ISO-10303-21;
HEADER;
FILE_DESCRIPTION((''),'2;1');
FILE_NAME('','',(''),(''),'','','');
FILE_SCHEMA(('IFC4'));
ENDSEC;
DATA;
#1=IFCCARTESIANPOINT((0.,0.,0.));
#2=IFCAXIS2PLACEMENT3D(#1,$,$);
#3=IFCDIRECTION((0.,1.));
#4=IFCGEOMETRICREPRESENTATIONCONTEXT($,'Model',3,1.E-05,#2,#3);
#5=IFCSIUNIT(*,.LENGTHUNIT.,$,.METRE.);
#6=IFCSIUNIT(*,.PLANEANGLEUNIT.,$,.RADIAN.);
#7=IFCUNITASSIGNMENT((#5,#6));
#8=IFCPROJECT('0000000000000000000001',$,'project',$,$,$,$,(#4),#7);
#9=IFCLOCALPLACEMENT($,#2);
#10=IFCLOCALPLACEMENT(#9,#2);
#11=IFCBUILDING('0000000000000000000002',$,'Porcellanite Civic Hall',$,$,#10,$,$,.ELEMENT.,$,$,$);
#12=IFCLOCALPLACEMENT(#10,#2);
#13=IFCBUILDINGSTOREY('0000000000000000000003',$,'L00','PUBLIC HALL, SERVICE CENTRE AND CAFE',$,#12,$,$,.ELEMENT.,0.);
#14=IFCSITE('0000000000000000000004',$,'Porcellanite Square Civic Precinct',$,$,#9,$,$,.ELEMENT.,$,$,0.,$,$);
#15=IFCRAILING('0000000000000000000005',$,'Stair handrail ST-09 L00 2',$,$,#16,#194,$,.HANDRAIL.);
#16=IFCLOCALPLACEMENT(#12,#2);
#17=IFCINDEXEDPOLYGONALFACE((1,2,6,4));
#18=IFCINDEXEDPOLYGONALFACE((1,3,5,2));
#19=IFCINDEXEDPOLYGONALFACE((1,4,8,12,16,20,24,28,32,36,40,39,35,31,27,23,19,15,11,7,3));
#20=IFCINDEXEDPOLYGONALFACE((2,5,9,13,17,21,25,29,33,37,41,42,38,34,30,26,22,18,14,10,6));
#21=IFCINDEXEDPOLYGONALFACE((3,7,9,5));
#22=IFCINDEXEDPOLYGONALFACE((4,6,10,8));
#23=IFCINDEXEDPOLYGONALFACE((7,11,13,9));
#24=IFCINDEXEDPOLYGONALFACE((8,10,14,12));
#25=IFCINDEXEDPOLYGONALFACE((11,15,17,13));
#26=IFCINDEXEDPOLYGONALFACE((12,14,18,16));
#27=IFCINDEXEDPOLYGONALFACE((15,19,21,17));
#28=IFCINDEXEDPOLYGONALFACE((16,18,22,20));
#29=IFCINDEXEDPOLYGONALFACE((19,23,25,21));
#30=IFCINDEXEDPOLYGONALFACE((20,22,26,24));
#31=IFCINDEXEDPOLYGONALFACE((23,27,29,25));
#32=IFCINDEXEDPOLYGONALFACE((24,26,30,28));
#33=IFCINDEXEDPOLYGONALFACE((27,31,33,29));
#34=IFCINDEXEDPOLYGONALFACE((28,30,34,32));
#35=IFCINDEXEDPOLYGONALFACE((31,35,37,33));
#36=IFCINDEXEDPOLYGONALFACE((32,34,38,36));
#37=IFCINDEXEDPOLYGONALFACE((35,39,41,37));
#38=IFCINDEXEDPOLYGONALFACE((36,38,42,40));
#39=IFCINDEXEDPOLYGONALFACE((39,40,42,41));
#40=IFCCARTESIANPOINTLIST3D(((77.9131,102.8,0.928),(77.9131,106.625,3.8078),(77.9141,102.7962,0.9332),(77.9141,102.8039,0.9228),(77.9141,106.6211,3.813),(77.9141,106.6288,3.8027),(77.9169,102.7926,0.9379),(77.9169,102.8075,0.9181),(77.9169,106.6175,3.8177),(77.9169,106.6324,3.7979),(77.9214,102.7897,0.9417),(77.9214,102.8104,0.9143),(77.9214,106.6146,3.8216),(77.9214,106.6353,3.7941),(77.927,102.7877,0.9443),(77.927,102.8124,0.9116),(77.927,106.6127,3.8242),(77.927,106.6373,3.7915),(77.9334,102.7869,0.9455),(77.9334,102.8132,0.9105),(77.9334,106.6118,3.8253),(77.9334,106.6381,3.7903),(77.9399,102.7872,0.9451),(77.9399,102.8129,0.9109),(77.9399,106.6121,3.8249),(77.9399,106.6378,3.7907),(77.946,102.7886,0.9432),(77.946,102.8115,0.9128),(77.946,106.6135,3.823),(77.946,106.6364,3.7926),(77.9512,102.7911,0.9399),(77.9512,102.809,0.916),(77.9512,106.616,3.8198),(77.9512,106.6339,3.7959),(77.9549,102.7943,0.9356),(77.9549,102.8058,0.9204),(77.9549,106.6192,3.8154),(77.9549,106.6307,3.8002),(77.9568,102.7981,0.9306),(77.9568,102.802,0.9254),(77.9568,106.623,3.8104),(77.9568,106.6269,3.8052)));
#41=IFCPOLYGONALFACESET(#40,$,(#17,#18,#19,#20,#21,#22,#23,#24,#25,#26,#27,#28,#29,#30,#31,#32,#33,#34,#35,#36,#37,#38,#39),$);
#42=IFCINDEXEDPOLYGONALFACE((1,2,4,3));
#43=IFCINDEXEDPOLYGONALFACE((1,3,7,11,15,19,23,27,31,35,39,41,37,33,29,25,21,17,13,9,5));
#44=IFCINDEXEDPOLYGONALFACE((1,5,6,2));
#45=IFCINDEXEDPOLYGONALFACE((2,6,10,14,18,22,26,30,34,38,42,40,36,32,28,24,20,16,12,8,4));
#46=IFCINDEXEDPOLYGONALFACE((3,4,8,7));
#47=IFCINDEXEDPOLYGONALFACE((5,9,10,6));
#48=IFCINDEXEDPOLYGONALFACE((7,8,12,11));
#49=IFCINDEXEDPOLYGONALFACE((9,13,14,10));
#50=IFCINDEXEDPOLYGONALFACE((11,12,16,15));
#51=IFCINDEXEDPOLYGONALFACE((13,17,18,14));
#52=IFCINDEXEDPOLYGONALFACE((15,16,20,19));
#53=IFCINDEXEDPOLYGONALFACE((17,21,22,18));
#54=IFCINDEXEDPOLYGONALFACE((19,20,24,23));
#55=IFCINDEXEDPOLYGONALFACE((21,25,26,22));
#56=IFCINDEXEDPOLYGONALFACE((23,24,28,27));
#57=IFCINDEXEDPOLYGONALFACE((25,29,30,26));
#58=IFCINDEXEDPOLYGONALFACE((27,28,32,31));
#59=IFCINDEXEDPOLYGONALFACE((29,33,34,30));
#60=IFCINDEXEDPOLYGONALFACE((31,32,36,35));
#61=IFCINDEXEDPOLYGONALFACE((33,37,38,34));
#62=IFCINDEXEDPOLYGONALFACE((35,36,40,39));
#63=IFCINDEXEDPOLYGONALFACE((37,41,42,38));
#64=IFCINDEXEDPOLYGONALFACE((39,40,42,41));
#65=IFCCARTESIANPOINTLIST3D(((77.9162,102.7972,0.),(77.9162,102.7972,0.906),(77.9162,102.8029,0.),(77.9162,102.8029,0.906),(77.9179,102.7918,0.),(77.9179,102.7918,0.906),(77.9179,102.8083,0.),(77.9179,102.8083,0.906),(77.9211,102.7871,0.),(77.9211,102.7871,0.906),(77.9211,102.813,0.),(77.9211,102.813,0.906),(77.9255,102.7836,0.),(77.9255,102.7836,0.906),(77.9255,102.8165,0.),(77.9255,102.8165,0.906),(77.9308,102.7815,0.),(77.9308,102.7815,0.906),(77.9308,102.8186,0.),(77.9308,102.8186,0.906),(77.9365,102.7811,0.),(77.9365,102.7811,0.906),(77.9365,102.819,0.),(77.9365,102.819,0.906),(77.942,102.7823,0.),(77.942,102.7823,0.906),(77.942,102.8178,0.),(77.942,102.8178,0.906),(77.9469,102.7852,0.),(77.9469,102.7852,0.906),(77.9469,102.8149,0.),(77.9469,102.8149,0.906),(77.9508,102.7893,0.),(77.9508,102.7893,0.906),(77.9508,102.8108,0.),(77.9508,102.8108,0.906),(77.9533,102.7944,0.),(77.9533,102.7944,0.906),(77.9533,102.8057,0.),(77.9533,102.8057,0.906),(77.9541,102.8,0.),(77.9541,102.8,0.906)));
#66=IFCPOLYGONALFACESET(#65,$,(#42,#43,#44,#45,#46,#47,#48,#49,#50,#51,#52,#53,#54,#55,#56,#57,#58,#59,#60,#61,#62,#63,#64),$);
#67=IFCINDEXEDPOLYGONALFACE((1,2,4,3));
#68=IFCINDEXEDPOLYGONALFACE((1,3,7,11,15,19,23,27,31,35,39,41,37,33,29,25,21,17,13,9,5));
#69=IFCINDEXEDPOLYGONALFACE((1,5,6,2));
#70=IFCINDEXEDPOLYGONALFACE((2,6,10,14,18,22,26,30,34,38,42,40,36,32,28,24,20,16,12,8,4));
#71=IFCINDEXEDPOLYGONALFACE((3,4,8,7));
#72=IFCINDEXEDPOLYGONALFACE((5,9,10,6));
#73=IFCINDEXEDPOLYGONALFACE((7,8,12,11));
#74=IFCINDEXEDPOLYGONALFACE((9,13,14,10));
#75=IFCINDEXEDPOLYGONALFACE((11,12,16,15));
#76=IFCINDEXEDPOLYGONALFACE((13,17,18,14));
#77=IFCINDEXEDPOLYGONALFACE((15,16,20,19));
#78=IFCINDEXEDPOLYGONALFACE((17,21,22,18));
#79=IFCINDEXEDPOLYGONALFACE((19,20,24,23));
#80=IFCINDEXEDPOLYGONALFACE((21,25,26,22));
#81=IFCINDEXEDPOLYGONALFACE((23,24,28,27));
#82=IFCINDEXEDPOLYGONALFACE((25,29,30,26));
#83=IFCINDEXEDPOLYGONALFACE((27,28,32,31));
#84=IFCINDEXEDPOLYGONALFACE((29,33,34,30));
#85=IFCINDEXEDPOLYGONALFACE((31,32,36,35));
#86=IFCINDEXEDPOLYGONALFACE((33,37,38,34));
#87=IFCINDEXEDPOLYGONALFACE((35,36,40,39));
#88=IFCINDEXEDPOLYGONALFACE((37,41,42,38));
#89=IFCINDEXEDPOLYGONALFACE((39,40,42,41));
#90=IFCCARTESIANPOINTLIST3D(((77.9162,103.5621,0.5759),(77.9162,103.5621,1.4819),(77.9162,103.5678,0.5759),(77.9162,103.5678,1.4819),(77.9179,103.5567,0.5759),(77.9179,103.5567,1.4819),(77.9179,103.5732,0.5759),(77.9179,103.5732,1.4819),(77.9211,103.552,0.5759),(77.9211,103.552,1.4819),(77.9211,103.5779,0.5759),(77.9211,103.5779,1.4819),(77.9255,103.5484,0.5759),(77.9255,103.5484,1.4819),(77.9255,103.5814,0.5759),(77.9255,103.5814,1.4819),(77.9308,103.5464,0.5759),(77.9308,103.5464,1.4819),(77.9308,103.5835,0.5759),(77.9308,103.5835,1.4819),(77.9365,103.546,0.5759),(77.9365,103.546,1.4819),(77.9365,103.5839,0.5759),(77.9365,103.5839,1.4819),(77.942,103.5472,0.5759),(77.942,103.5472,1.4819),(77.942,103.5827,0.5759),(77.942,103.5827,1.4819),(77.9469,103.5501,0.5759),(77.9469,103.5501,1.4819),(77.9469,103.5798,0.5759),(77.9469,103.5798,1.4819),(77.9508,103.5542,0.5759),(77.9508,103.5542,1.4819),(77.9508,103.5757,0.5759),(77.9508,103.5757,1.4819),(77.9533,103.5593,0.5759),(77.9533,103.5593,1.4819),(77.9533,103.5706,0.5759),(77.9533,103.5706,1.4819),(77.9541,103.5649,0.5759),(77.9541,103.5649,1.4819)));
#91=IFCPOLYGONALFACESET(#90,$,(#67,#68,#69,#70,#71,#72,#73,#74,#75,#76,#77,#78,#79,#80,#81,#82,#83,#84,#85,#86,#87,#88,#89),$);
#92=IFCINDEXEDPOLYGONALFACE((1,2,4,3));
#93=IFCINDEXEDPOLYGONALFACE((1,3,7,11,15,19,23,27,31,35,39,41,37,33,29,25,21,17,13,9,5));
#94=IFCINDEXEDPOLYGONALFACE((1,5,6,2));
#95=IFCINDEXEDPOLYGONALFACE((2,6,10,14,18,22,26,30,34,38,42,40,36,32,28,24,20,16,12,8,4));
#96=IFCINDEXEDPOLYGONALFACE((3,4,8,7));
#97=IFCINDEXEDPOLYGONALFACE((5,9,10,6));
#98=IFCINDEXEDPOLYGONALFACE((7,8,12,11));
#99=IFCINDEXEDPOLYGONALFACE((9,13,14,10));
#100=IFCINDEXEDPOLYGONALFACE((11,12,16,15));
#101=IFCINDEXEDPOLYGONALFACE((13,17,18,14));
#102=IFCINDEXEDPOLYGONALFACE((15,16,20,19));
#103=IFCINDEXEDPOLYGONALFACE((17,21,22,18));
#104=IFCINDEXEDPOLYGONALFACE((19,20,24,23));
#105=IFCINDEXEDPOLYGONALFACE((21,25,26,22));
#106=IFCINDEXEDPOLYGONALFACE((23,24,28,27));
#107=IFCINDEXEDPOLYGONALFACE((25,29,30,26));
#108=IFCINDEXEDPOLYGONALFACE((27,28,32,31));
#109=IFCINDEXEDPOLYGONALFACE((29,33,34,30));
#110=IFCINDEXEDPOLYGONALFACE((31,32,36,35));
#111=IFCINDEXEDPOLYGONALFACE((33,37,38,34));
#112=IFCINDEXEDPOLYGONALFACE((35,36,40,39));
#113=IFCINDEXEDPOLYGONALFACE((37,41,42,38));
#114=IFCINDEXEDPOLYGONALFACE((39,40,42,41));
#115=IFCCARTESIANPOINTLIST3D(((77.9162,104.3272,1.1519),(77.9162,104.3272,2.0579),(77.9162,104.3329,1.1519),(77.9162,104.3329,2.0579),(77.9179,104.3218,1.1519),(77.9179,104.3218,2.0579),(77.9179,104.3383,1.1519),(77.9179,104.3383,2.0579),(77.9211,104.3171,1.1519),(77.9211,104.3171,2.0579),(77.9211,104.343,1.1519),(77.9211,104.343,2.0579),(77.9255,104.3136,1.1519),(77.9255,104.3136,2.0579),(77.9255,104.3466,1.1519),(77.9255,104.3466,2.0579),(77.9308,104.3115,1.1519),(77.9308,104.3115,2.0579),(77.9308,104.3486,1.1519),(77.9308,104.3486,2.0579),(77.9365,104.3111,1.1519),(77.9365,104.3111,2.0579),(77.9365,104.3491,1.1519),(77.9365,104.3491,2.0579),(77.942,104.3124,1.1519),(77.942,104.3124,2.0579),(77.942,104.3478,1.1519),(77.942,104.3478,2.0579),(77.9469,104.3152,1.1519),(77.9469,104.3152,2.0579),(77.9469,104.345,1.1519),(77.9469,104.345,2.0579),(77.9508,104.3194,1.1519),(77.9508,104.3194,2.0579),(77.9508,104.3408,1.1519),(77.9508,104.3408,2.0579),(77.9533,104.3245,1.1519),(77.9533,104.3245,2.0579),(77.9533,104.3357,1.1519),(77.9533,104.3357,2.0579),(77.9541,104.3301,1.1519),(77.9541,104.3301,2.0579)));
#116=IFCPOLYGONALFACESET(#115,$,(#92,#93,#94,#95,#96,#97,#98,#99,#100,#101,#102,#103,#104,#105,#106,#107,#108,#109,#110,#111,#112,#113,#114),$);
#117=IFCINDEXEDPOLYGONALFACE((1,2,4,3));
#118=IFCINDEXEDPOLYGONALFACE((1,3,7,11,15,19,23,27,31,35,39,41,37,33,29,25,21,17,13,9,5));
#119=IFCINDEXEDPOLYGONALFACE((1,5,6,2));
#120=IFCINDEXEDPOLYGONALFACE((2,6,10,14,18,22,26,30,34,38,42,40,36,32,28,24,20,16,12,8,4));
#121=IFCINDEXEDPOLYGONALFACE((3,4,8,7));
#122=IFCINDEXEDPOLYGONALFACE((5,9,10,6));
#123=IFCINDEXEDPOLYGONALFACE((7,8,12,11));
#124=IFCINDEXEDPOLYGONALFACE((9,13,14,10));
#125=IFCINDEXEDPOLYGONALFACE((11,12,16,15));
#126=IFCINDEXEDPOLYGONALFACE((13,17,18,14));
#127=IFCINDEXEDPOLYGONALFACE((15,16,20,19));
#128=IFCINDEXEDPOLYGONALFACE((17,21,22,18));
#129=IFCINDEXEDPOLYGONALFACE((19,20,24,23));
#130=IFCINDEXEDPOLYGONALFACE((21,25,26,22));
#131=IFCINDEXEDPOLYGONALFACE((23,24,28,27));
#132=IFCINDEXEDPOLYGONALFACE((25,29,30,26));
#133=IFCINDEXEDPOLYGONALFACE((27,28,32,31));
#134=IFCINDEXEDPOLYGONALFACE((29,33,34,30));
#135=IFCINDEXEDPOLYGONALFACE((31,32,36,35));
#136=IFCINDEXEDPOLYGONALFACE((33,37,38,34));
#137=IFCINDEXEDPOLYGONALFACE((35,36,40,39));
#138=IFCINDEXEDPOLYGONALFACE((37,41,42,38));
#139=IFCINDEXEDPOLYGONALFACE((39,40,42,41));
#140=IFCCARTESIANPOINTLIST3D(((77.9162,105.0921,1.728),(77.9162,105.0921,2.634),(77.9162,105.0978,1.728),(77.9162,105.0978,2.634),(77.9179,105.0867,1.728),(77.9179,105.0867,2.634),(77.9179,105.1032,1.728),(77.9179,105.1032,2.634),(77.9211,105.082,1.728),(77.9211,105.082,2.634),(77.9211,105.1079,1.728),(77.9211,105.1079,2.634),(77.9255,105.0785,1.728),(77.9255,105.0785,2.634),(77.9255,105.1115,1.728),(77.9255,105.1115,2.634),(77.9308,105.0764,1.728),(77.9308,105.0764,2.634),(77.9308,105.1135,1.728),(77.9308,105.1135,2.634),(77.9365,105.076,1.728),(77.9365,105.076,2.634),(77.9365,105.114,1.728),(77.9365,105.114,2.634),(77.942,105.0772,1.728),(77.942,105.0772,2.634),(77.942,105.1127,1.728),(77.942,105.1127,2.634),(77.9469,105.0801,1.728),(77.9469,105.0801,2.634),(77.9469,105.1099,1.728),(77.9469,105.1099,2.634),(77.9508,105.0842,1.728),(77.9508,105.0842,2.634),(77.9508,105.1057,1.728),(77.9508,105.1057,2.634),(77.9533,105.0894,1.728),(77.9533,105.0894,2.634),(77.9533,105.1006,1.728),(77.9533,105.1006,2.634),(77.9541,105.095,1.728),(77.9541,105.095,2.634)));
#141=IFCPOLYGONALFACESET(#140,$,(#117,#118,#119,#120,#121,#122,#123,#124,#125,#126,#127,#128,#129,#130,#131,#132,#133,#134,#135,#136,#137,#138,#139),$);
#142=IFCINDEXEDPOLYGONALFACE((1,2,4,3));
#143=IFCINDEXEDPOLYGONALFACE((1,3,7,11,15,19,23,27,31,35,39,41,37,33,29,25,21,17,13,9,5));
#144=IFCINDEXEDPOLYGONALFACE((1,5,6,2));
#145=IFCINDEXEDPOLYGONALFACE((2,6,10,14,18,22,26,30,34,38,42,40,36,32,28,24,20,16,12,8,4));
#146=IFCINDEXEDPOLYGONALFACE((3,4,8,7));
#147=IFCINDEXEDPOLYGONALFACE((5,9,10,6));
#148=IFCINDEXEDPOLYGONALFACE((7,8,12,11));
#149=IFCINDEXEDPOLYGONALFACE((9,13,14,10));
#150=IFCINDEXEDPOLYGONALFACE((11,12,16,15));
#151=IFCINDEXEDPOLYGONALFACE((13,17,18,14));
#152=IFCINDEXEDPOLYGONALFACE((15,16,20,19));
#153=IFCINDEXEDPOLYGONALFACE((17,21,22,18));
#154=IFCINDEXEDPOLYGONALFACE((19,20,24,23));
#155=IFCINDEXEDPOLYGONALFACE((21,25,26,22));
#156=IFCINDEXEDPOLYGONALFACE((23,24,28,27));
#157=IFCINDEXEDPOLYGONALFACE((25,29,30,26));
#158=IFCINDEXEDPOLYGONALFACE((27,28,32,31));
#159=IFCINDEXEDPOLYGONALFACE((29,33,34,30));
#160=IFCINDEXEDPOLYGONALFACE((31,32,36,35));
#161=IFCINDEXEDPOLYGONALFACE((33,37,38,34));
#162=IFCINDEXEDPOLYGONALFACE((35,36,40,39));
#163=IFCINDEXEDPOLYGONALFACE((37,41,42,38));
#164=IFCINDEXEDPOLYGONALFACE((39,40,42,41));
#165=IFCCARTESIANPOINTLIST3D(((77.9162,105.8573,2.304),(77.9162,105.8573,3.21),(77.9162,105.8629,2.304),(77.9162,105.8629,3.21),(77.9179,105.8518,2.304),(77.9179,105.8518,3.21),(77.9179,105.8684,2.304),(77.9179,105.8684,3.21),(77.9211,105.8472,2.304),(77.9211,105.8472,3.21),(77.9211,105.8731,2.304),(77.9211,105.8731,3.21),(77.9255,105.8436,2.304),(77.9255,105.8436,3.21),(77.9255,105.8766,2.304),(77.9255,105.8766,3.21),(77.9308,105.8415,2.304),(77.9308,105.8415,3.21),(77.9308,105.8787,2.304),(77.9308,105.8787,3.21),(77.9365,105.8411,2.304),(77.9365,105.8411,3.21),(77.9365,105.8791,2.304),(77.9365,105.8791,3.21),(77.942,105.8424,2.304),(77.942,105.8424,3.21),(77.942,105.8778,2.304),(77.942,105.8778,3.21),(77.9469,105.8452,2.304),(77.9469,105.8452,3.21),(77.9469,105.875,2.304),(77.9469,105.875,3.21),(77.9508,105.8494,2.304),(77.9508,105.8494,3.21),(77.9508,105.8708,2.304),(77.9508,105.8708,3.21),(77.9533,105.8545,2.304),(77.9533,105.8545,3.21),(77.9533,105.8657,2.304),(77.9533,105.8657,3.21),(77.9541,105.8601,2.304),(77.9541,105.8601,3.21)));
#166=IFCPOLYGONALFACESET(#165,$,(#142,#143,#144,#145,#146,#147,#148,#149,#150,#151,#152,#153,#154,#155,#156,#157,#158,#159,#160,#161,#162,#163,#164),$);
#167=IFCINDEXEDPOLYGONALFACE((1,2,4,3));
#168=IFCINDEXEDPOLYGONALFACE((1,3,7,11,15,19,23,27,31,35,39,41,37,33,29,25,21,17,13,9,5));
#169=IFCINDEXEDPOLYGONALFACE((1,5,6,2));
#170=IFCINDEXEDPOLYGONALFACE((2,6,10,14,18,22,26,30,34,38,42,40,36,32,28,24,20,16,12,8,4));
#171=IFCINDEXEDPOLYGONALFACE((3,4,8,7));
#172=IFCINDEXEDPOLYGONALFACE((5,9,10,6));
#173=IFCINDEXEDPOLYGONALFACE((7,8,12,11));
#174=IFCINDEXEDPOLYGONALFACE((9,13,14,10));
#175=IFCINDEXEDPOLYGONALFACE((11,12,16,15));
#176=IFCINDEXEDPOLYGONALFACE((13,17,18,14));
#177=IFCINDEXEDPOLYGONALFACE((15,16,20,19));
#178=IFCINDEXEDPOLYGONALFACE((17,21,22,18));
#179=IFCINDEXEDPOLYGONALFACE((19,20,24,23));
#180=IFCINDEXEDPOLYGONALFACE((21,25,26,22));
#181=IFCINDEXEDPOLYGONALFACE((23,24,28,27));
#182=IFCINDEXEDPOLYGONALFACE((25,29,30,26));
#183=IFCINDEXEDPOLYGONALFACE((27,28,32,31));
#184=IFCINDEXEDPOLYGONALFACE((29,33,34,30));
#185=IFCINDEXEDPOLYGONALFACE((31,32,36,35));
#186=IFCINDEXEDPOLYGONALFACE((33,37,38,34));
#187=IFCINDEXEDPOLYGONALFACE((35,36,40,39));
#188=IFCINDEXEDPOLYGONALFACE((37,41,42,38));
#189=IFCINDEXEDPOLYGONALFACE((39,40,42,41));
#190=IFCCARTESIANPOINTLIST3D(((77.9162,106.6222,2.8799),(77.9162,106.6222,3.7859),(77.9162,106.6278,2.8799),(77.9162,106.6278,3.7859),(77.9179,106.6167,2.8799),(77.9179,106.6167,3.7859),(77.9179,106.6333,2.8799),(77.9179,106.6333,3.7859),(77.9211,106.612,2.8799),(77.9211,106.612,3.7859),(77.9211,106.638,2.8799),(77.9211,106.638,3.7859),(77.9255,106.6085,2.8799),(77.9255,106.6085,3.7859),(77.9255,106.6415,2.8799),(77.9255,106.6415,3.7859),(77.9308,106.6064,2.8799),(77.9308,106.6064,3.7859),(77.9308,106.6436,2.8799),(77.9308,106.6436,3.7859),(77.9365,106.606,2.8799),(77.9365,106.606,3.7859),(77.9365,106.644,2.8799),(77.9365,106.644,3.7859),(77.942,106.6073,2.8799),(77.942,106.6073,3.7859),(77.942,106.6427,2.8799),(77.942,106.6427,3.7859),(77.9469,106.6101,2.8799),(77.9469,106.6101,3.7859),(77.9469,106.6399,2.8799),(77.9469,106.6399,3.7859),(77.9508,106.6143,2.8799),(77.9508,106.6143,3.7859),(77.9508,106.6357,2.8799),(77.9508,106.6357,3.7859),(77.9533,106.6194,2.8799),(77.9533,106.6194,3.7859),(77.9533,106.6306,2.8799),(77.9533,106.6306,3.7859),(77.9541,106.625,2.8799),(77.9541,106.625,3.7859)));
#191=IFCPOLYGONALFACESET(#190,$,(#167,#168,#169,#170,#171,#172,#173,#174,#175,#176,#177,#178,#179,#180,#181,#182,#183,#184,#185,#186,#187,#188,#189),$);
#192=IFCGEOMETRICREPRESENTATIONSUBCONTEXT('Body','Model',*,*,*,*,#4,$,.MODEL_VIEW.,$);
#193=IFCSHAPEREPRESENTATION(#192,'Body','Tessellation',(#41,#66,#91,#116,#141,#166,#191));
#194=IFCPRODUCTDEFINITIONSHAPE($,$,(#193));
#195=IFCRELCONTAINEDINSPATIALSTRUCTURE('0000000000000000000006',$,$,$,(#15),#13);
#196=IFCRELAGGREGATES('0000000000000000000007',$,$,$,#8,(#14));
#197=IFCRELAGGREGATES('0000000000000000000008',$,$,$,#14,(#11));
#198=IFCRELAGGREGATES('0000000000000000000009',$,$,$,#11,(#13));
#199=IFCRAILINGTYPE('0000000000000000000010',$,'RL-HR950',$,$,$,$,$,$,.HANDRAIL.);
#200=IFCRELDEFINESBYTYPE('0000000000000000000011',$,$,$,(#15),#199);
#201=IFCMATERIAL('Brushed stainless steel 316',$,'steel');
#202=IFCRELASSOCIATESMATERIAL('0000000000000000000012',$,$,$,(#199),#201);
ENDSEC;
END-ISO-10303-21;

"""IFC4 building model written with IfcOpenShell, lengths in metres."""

from ifc_helpers import new_model, si_unit, direction, frame, origin, origin_2d, place, context, subcontext, project, spatial, circle, extrude, material, type_object, element, save


model = new_model("IFC4")

# Units and contexts
model_context = context("Model", 3, precision=1e-05, world=origin(), true_north=direction((0.0, 1.0)))
body_context = subcontext(model_context, "Body", "Model", "MODEL_VIEW")
ifc_project = project(units=[si_unit("LENGTHUNIT", "METRE"), si_unit("PLANEANGLEUNIT", "RADIAN")], contexts=[model_context])

# Site, building, storey
site_placement = place(None, origin())
site = spatial("IfcSite", under=ifc_project, at=site_placement, Name="Porcellanite Square Civic Precinct", CompositionType="ELEMENT", RefElevation=0.0)
building_placement = place(site_placement, origin())
building = spatial("IfcBuilding", under=site, at=building_placement, Name="Porcellanite Civic Hall", CompositionType="ELEMENT")
storey_placement = place(building_placement, origin())
storey = spatial("IfcBuildingStorey", under=building, at=storey_placement, Name="L00", Description="PUBLIC HALL, SERVICE CENTRE AND CAFE", CompositionType="ELEMENT", Elevation=0.0)

# Railing
ifc_material_1 = material(Name="Brushed stainless steel 316", Category="steel")
railing_type_1 = type_object("IfcRailingType", Name="RL-HR950", PredefinedType="HANDRAIL", material=ifc_material_1)
railing_1_placement = place(storey_placement, frame((77.9351, 102.8, 0.0)))
element("IfcRailing", 1, at=railing_1_placement, inside=storey, type_object=railing_type_1, Name="Stair handrail ST-09 L00 2", PredefinedType="HANDRAIL", context=body_context, shape_type="SweptSolid", body=[
    extrude(circle(Radius=0.022, at=origin_2d()), frame((0.0, 0.0, 0.928), z_axis=(0.0, 0.798879, 0.601492), x_axis=(-1.0, 0.0, 0.0)), (0.0, 0.0, 1.0), 4.7878),
    extrude(circle(Radius=0.019, at=origin_2d()), origin(), (0.0, 0.0, 1.0), 0.906),
    extrude(circle(Radius=0.019, at=origin_2d()), frame((0.0, 0.7649, 0.5759)), (0.0, 0.0, 1.0), 0.906),
    extrude(circle(Radius=0.019, at=origin_2d()), frame((0.0, 1.53, 1.1519)), (0.0, 0.0, 1.0), 0.906),
    extrude(circle(Radius=0.019, at=origin_2d()), frame((0.0, 2.2949, 1.728)), (0.0, 0.0, 1.0), 0.906),
    extrude(circle(Radius=0.019, at=origin_2d()), frame((0.0, 3.0601, 2.304)), (0.0, 0.0, 1.0), 0.906),
    extrude(circle(Radius=0.019, at=origin_2d()), frame((0.0, 3.825, 2.8799)), (0.0, 0.0, 1.0), 0.906),
])

save(model, "model.ifc")
